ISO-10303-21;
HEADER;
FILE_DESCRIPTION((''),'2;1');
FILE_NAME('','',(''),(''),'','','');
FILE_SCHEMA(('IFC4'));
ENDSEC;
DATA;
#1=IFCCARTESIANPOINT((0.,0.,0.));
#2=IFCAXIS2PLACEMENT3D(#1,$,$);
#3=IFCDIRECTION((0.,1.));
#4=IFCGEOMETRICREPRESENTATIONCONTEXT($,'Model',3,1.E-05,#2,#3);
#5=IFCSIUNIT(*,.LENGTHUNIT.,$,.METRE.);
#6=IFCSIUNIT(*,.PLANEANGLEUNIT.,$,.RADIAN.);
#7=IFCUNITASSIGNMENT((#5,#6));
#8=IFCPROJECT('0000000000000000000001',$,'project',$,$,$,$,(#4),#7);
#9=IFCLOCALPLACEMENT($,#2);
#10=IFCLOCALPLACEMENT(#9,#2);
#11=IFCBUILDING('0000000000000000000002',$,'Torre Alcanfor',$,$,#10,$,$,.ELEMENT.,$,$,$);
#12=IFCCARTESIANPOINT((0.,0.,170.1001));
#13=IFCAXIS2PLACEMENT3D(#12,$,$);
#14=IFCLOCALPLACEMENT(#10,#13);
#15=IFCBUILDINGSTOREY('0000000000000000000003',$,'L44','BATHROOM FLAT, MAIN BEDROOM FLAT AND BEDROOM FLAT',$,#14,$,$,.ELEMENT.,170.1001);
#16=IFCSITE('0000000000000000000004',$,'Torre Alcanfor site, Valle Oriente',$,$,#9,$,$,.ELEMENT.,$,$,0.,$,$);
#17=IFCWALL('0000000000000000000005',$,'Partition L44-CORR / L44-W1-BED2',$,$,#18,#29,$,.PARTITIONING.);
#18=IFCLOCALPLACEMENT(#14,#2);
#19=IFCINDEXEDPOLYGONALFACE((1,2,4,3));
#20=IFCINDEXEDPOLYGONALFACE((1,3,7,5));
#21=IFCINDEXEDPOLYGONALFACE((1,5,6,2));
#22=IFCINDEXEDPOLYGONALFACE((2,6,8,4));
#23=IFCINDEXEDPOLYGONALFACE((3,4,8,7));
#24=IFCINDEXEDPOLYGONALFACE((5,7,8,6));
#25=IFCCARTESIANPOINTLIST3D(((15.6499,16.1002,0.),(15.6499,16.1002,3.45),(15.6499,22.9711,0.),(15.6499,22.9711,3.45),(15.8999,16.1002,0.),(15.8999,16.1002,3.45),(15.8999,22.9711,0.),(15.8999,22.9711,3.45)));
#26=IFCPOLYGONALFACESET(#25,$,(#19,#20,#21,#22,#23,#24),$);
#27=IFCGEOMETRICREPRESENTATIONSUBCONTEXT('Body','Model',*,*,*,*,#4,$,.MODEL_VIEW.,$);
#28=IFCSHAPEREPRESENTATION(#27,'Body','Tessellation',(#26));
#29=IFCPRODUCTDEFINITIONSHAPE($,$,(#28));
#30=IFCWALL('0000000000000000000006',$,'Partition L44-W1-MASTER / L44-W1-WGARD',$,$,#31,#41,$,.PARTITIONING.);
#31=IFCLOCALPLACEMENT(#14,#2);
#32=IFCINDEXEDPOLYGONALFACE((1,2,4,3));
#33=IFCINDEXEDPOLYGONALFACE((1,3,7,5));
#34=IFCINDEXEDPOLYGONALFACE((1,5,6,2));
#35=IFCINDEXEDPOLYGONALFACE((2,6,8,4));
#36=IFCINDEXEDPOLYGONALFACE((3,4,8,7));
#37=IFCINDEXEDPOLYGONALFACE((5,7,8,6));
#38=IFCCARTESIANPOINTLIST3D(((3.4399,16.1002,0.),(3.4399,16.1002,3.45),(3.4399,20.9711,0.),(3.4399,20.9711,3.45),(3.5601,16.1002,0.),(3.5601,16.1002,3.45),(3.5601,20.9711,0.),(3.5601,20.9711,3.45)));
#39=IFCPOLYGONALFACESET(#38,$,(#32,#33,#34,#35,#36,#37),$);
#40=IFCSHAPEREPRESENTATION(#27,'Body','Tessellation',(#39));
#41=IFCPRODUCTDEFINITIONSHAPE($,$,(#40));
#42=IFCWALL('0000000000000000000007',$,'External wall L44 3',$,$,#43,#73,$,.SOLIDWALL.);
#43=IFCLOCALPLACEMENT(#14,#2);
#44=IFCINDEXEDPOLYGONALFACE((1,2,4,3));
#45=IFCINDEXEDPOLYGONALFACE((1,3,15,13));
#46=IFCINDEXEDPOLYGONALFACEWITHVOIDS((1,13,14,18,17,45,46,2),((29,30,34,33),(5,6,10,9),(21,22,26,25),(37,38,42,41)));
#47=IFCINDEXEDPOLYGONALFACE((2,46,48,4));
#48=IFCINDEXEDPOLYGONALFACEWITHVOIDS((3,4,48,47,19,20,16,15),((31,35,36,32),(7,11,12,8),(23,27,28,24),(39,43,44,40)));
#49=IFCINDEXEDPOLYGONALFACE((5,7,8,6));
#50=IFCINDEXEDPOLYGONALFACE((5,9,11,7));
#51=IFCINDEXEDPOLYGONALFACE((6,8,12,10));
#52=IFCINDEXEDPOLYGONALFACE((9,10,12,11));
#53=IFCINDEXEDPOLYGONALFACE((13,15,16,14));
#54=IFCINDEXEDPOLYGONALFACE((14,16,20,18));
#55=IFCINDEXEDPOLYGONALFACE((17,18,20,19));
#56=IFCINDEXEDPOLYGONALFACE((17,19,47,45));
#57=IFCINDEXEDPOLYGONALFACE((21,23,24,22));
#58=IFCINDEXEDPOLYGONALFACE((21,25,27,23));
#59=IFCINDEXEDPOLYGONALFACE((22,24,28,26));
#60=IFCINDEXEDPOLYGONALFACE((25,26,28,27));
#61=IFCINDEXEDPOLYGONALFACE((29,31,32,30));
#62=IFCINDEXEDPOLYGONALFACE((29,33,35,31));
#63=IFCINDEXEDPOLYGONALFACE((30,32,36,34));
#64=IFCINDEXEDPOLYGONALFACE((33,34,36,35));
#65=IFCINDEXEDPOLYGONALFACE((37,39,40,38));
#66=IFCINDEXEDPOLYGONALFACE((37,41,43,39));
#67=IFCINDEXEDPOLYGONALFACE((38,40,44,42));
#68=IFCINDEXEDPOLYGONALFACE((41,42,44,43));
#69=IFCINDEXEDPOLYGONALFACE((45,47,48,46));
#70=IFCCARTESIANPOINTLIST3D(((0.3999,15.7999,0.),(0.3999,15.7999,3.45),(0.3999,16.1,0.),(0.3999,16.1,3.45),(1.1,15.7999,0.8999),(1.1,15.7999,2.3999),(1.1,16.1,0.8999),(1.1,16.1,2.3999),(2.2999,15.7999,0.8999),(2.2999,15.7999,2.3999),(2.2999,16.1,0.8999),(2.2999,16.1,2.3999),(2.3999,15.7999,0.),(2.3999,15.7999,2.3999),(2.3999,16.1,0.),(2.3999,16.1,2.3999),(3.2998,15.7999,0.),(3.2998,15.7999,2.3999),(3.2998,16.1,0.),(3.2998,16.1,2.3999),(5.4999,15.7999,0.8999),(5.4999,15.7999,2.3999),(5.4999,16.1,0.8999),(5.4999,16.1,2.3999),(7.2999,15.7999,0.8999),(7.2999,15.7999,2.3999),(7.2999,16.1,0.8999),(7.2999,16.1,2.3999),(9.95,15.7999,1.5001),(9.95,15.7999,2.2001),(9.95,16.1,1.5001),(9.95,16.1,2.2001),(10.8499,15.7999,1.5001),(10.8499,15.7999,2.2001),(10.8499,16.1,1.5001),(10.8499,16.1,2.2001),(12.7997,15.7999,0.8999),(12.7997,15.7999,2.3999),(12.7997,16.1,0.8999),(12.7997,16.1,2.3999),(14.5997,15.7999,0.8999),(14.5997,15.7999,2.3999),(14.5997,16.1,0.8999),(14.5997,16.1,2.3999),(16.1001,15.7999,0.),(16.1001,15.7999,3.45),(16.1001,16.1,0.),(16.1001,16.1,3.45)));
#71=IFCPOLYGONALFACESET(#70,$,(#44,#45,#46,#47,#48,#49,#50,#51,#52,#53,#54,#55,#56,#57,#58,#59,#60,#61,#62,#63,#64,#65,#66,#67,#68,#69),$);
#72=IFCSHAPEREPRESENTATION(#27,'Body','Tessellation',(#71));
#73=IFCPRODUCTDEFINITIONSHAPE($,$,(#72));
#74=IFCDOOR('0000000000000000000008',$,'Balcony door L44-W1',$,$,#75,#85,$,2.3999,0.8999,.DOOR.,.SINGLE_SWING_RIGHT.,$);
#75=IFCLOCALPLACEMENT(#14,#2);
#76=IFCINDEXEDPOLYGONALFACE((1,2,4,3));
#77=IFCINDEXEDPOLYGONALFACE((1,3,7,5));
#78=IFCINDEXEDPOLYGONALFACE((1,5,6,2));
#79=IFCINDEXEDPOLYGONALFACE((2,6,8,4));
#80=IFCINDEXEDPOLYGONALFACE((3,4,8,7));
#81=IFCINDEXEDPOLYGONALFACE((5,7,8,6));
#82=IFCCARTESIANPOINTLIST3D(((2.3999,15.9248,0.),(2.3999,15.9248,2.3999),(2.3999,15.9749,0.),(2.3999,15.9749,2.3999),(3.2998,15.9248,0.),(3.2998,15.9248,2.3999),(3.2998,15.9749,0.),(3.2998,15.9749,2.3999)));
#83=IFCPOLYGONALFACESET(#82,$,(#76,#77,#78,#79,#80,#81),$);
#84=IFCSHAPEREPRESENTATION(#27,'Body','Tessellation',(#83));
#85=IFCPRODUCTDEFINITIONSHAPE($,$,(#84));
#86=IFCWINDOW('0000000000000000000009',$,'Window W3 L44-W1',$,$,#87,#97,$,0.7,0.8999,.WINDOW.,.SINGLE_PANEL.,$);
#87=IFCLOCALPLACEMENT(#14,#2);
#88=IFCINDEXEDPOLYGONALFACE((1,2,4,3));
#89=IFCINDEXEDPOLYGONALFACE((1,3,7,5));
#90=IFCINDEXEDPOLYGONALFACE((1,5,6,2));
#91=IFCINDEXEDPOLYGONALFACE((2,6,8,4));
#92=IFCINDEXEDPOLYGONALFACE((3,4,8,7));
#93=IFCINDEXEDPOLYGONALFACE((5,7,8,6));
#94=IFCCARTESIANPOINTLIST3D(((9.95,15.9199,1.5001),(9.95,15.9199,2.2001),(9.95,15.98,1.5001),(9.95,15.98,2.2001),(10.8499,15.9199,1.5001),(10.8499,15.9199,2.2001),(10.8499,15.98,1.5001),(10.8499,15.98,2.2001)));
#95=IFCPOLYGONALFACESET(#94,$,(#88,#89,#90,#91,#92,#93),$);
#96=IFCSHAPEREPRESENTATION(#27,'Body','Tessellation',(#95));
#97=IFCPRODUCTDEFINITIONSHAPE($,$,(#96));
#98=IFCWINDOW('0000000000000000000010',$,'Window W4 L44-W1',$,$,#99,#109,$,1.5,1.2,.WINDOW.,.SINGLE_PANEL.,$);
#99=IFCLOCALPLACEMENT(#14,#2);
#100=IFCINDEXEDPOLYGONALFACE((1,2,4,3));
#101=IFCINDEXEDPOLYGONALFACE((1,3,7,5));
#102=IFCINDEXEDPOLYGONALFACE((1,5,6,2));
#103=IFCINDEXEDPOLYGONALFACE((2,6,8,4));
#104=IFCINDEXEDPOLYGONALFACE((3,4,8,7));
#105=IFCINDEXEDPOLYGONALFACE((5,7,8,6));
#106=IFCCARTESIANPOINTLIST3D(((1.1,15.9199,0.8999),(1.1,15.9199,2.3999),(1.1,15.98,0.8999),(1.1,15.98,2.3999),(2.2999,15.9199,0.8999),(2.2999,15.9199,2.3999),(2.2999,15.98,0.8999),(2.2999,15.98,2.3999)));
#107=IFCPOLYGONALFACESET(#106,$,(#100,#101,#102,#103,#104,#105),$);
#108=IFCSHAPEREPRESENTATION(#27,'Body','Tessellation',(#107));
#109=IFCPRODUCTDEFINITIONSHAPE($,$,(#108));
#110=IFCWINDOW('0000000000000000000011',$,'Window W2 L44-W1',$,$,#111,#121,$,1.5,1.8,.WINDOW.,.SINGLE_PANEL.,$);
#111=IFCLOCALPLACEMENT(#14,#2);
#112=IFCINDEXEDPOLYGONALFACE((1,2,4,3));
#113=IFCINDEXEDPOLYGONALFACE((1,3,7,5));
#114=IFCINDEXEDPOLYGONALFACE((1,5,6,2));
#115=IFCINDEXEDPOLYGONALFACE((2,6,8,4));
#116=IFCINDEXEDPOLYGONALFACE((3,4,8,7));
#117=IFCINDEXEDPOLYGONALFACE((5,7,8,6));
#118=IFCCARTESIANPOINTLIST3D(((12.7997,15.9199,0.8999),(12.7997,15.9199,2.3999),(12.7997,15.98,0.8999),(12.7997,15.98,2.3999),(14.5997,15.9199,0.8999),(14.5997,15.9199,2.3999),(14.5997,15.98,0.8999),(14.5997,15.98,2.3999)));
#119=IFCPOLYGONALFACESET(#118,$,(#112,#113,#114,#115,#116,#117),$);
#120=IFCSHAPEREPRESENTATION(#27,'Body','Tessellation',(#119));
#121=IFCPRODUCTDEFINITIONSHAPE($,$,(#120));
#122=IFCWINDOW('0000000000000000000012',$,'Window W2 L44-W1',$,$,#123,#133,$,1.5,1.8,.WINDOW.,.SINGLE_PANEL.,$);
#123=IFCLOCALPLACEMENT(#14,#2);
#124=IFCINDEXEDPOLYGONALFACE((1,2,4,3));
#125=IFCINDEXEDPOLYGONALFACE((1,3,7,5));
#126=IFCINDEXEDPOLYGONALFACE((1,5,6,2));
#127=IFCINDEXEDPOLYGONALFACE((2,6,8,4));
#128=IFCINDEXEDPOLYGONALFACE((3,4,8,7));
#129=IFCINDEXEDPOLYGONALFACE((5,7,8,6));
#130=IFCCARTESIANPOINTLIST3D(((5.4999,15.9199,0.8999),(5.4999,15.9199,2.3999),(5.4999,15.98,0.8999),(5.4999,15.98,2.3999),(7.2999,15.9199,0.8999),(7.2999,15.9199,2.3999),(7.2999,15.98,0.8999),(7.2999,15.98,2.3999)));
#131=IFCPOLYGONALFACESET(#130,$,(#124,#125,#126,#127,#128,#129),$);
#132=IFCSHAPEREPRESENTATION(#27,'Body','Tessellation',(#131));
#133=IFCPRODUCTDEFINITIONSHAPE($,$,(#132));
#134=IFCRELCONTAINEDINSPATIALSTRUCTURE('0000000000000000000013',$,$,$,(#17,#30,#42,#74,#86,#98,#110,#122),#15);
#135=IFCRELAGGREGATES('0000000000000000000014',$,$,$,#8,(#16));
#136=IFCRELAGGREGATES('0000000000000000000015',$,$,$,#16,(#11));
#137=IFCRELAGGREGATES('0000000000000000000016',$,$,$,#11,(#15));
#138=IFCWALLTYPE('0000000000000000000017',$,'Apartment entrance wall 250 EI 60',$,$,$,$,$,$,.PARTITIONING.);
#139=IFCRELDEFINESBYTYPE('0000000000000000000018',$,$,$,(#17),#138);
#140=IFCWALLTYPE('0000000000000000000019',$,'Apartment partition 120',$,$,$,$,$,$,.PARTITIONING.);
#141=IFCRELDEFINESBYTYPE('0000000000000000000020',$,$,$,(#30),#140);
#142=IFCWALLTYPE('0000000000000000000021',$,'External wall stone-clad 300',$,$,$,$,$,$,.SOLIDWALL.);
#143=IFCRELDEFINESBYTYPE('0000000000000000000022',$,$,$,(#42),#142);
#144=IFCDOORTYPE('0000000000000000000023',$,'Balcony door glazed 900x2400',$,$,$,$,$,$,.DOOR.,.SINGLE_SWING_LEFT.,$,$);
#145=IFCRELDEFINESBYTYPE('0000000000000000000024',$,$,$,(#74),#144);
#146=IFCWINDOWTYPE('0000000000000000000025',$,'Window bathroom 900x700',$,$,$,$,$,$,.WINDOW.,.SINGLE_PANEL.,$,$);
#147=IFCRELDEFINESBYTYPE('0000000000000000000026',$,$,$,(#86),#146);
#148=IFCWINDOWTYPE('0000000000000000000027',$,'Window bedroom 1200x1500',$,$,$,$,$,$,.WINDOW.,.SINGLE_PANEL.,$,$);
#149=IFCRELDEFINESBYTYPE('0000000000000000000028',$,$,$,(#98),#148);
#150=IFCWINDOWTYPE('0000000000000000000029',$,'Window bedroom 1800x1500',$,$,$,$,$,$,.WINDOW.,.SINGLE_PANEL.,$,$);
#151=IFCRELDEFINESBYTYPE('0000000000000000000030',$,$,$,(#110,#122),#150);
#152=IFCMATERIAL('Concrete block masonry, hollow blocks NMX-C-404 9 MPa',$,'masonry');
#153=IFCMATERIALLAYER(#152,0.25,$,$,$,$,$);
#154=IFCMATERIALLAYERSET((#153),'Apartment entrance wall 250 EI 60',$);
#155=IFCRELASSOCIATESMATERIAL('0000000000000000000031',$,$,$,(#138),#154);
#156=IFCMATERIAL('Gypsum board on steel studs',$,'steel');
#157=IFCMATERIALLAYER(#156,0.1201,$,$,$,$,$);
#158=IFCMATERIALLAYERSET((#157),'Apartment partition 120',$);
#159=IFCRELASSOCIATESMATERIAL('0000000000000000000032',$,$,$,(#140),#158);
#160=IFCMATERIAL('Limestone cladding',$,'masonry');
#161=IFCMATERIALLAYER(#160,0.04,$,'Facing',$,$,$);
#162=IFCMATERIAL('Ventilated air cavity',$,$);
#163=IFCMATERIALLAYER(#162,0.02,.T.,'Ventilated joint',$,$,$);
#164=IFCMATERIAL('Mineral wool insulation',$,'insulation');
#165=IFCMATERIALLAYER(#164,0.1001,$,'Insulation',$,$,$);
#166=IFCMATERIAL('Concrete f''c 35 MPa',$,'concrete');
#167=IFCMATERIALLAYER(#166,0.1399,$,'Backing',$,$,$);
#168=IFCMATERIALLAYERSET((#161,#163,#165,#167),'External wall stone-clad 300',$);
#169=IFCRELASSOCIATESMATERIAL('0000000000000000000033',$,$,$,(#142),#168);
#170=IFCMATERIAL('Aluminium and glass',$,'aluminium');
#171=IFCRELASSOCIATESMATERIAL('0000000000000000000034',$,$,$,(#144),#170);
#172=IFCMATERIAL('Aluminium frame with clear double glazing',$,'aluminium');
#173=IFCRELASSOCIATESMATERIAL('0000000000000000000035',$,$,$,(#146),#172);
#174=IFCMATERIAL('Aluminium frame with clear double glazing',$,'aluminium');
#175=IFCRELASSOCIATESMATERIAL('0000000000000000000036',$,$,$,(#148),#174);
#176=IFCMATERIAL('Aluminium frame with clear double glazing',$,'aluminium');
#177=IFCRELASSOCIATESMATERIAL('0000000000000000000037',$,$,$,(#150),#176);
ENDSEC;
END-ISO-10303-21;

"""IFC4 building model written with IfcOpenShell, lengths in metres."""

from ifc_helpers import new_model, si_unit, direction, frame, frame_2d, origin, place, context, subcontext, project, spatial, rectangle, extrude, material, layer, layer_set, type_object, element, fill, save


model = new_model("IFC4")

# Units and contexts
model_context = context("Model", 3, precision=1e-05, world=origin(), true_north=direction((0.0, 1.0)))
body_context = subcontext(model_context, "Body", "Model", "MODEL_VIEW")
ifc_project = project(units=[si_unit("LENGTHUNIT", "METRE"), si_unit("PLANEANGLEUNIT", "RADIAN")], contexts=[model_context])

# Site, building, storey
site_placement = place(None, origin())
site = spatial("IfcSite", under=ifc_project, at=site_placement, Name="Torre Alcanfor site, Valle Oriente", CompositionType="ELEMENT", RefElevation=0.0)
building_placement = place(site_placement, origin())
building = spatial("IfcBuilding", under=site, at=building_placement, Name="Torre Alcanfor", CompositionType="ELEMENT")
storey_placement = place(building_placement, frame((0.0, 0.0, 170.1001)))
storey = spatial("IfcBuildingStorey", under=building, at=storey_placement, Name="L44", Description="BATHROOM FLAT, MAIN BEDROOM FLAT AND BEDROOM FLAT", CompositionType="ELEMENT", Elevation=170.1001)

# Walls
ifc_material_1 = material(Name="Concrete block masonry, hollow blocks NMX-C-404 9 MPa", Category="masonry")
ifc_layer_1 = layer(ifc_material_1, 0.25)
ifc_layer_set_1 = layer_set([ifc_layer_1], Name="Apartment entrance wall 250 EI 60")
wall_type_1 = type_object("IfcWallType", Name="Apartment entrance wall 250 EI 60", PredefinedType="PARTITIONING", material=ifc_layer_set_1)
wall_1_placement = place(storey_placement, frame((15.7749, 16.1001, 0.0), z_axis=(0.0, 0.0, 1.0), x_axis=(0.0, 1.0, 0.0)))
element("IfcWall", 1, at=wall_1_placement, inside=storey, type_object=wall_type_1, Name="Partition L44-CORR / L44-W1-BED2", PredefinedType="PARTITIONING", context=body_context, shape_type="SweptSolid", body=[
    extrude(rectangle(XDim=6.8708, YDim=0.25, at=frame_2d((3.4355, 0.0))), origin(), (0.0, 0.0, 1.0), 3.45),
])
ifc_material_2 = material(Name="Gypsum board on steel studs", Category="steel")
ifc_layer_2 = layer(ifc_material_2, 0.1201)
ifc_layer_set_2 = layer_set([ifc_layer_2], Name="Apartment partition 120")
wall_type_2 = type_object("IfcWallType", Name="Apartment partition 120", PredefinedType="PARTITIONING", material=ifc_layer_set_2)
wall_2_placement = place(storey_placement, frame((3.5, 16.1001, 0.0), z_axis=(0.0, 0.0, 1.0), x_axis=(0.0, 1.0, 0.0)))
element("IfcWall", 2, at=wall_2_placement, inside=storey, type_object=wall_type_2, Name="Partition L44-W1-MASTER / L44-W1-WGARD", PredefinedType="PARTITIONING", context=body_context, shape_type="SweptSolid", body=[
    extrude(rectangle(XDim=4.8708, YDim=0.1201, at=frame_2d((2.4355, 0.0))), origin(), (0.0, 0.0, 1.0), 3.45),
])

# Wall, openings, door, windows
ifc_material_3 = material(Name="Limestone cladding", Category="masonry")
ifc_layer_3 = layer(ifc_material_3, 0.04, Name="Facing")
ifc_material_4 = material(Name="Ventilated air cavity")
ifc_layer_4 = layer(ifc_material_4, 0.02, ventilated=True, Name="Ventilated joint")
ifc_material_5 = material(Name="Mineral wool insulation", Category="insulation")
ifc_layer_5 = layer(ifc_material_5, 0.1001, Name="Insulation")
ifc_material_6 = material(Name="Concrete f'c 35 MPa", Category="concrete")
ifc_layer_6 = layer(ifc_material_6, 0.1399, Name="Backing")
ifc_layer_set_3 = layer_set([ifc_layer_3, ifc_layer_4, ifc_layer_5, ifc_layer_6], Name="External wall stone-clad 300")
wall_type_3 = type_object("IfcWallType", Name="External wall stone-clad 300", PredefinedType="SOLIDWALL", material=ifc_layer_set_3)
wall_3_placement = place(storey_placement, frame((0.3999, 15.95, 0.0), z_axis=(0.0, 0.0, 1.0), x_axis=(1.0, 0.0, 0.0)))
wall_3 = element("IfcWall", 3, at=wall_3_placement, inside=storey, type_object=wall_type_3, Name="External wall L44 3", PredefinedType="SOLIDWALL", context=body_context, shape_type="SweptSolid", body=[
    extrude(rectangle(XDim=15.7002, YDim=0.3, at=frame_2d((7.8501, 0.0))), origin(), (0.0, 0.0, 1.0), 3.45),
])
opening_1_placement = place(wall_3_placement, frame((12.3999, 0.0, 0.8999)))
opening_1 = element("IfcOpeningElement", 4, at=opening_1_placement, cuts=wall_3, PredefinedType="OPENING", context=body_context, shape_type="SweptSolid", body=[
    extrude(rectangle(XDim=1.8, YDim=1.5, at=frame_2d((0.8999, 0.75))), frame((0.0, 0.1599, 0.0), z_axis=(0.0, -1.0, 0.0), x_axis=(1.0, 0.0, 0.0)), (0.0, 0.0, 1.0), 0.3201),
])
opening_2_placement = place(wall_3_placement, frame((9.55, 0.0, 1.5)))
opening_2 = element("IfcOpeningElement", 5, at=opening_2_placement, cuts=wall_3, PredefinedType="OPENING", context=body_context, shape_type="SweptSolid", body=[
    extrude(rectangle(XDim=0.8999, YDim=0.7, at=frame_2d((0.45, 0.3501))), frame((0.0, 0.1599, 0.0), z_axis=(0.0, -1.0, 0.0), x_axis=(1.0, 0.0, 0.0)), (0.0, 0.0, 1.0), 0.3201),
])
opening_3_placement = place(wall_3_placement, frame((5.1001, 0.0, 0.8999)))
opening_3 = element("IfcOpeningElement", 6, at=opening_3_placement, cuts=wall_3, PredefinedType="OPENING", context=body_context, shape_type="SweptSolid", body=[
    extrude(rectangle(XDim=1.8, YDim=1.5, at=frame_2d((0.8999, 0.75))), frame((0.0, 0.1599, 0.0), z_axis=(0.0, -1.0, 0.0), x_axis=(1.0, 0.0, 0.0)), (0.0, 0.0, 1.0), 0.3201),
])
opening_4_placement = place(wall_3_placement, frame((2.0, 0.0, 0.0)))
opening_4 = element("IfcOpeningElement", 7, at=opening_4_placement, cuts=wall_3, PredefinedType="OPENING", context=body_context, shape_type="SweptSolid", body=[
    extrude(rectangle(XDim=0.8999, YDim=2.3999, at=frame_2d((0.45, 1.2))), frame((0.0, 0.1599, 0.0), z_axis=(0.0, -1.0, 0.0), x_axis=(1.0, 0.0, 0.0)), (0.0, 0.0, 1.0), 0.3201),
])
opening_5_placement = place(wall_3_placement, frame((0.7, 0.0, 0.8999)))
opening_5 = element("IfcOpeningElement", 8, at=opening_5_placement, cuts=wall_3, PredefinedType="OPENING", context=body_context, shape_type="SweptSolid", body=[
    extrude(rectangle(XDim=1.2, YDim=1.5, at=frame_2d((0.6001, 0.75))), frame((0.0, 0.1599, 0.0), z_axis=(0.0, -1.0, 0.0), x_axis=(1.0, 0.0, 0.0)), (0.0, 0.0, 1.0), 0.3201),
])
ifc_material_7 = material(Name="Aluminium and glass", Category="aluminium")
door_type = type_object("IfcDoorType", Name="Balcony door glazed 900x2400", OperationType="SINGLE_SWING_LEFT", PredefinedType="DOOR", material=ifc_material_7)
door_placement = place(opening_4_placement, origin())
door = element("IfcDoor", 9, at=door_placement, inside=storey, type_object=door_type, Name="Balcony door L44-W1", OperationType="SINGLE_SWING_RIGHT", OverallHeight=2.3999, OverallWidth=0.8999, PredefinedType="DOOR", context=body_context, shape_type="SweptSolid", body=[
    extrude(rectangle(XDim=0.8999, YDim=2.3999, at=frame_2d((0.45, 1.2))), frame((0.0, 0.0249, 0.0), z_axis=(0.0, -1.0, 0.0), x_axis=(1.0, 0.0, 0.0)), (0.0, 0.0, 1.0), 0.05),
])
fill(opening_4, door)
ifc_material_8 = material(Name="Aluminium frame with clear double glazing", Category="aluminium")
window_type_1 = type_object("IfcWindowType", Name="Window bathroom 900x700", PartitioningType="SINGLE_PANEL", PredefinedType="WINDOW", material=ifc_material_8)
window_1_placement = place(opening_2_placement, origin())
window_1 = element("IfcWindow", 10, at=window_1_placement, inside=storey, type_object=window_type_1, Name="Window W3 L44-W1", OverallHeight=0.7, OverallWidth=0.8999, PartitioningType="SINGLE_PANEL", PredefinedType="WINDOW", context=body_context, shape_type="SweptSolid", body=[
    extrude(rectangle(XDim=0.8999, YDim=0.7, at=frame_2d((0.45, 0.3501))), frame((0.0, 0.03, 0.0), z_axis=(0.0, -1.0, 0.0), x_axis=(1.0, 0.0, 0.0)), (0.0, 0.0, 1.0), 0.0601),
])
fill(opening_2, window_1)
ifc_material_9 = material(Name="Aluminium frame with clear double glazing", Category="aluminium")
window_type_2 = type_object("IfcWindowType", Name="Window bedroom 1200x1500", PartitioningType="SINGLE_PANEL", PredefinedType="WINDOW", material=ifc_material_9)
window_2_placement = place(opening_5_placement, origin())
window_2 = element("IfcWindow", 11, at=window_2_placement, inside=storey, type_object=window_type_2, Name="Window W4 L44-W1", OverallHeight=1.5, OverallWidth=1.2, PartitioningType="SINGLE_PANEL", PredefinedType="WINDOW", context=body_context, shape_type="SweptSolid", body=[
    extrude(rectangle(XDim=1.2, YDim=1.5, at=frame_2d((0.6001, 0.75))), frame((0.0, 0.03, 0.0), z_axis=(0.0, -1.0, 0.0), x_axis=(1.0, 0.0, 0.0)), (0.0, 0.0, 1.0), 0.0601),
])
fill(opening_5, window_2)
ifc_material_10 = material(Name="Aluminium frame with clear double glazing", Category="aluminium")
window_type_3 = type_object("IfcWindowType", Name="Window bedroom 1800x1500", PartitioningType="SINGLE_PANEL", PredefinedType="WINDOW", material=ifc_material_10)
window_3_placement = place(opening_1_placement, origin())
window_3 = element("IfcWindow", 12, at=window_3_placement, inside=storey, type_object=window_type_3, Name="Window W2 L44-W1", OverallHeight=1.5, OverallWidth=1.8, PartitioningType="SINGLE_PANEL", PredefinedType="WINDOW", context=body_context, shape_type="SweptSolid", body=[
    extrude(rectangle(XDim=1.8, YDim=1.5, at=frame_2d((0.8999, 0.75))), frame((0.0, 0.03, 0.0), z_axis=(0.0, -1.0, 0.0), x_axis=(1.0, 0.0, 0.0)), (0.0, 0.0, 1.0), 0.0601),
])
fill(opening_1, window_3)
window_4_placement = place(opening_3_placement, origin())
window_4 = element("IfcWindow", 13, at=window_4_placement, inside=storey, type_object=window_type_3, Name="Window W2 L44-W1", OverallHeight=1.5, OverallWidth=1.8, PartitioningType="SINGLE_PANEL", PredefinedType="WINDOW", context=body_context, shape_type="SweptSolid", body=[
    extrude(rectangle(XDim=1.8, YDim=1.5, at=frame_2d((0.8999, 0.75))), frame((0.0, 0.03, 0.0), z_axis=(0.0, -1.0, 0.0), x_axis=(1.0, 0.0, 0.0)), (0.0, 0.0, 1.0), 0.0601),
])
fill(opening_3, window_4)

save(model, "model.ifc")
